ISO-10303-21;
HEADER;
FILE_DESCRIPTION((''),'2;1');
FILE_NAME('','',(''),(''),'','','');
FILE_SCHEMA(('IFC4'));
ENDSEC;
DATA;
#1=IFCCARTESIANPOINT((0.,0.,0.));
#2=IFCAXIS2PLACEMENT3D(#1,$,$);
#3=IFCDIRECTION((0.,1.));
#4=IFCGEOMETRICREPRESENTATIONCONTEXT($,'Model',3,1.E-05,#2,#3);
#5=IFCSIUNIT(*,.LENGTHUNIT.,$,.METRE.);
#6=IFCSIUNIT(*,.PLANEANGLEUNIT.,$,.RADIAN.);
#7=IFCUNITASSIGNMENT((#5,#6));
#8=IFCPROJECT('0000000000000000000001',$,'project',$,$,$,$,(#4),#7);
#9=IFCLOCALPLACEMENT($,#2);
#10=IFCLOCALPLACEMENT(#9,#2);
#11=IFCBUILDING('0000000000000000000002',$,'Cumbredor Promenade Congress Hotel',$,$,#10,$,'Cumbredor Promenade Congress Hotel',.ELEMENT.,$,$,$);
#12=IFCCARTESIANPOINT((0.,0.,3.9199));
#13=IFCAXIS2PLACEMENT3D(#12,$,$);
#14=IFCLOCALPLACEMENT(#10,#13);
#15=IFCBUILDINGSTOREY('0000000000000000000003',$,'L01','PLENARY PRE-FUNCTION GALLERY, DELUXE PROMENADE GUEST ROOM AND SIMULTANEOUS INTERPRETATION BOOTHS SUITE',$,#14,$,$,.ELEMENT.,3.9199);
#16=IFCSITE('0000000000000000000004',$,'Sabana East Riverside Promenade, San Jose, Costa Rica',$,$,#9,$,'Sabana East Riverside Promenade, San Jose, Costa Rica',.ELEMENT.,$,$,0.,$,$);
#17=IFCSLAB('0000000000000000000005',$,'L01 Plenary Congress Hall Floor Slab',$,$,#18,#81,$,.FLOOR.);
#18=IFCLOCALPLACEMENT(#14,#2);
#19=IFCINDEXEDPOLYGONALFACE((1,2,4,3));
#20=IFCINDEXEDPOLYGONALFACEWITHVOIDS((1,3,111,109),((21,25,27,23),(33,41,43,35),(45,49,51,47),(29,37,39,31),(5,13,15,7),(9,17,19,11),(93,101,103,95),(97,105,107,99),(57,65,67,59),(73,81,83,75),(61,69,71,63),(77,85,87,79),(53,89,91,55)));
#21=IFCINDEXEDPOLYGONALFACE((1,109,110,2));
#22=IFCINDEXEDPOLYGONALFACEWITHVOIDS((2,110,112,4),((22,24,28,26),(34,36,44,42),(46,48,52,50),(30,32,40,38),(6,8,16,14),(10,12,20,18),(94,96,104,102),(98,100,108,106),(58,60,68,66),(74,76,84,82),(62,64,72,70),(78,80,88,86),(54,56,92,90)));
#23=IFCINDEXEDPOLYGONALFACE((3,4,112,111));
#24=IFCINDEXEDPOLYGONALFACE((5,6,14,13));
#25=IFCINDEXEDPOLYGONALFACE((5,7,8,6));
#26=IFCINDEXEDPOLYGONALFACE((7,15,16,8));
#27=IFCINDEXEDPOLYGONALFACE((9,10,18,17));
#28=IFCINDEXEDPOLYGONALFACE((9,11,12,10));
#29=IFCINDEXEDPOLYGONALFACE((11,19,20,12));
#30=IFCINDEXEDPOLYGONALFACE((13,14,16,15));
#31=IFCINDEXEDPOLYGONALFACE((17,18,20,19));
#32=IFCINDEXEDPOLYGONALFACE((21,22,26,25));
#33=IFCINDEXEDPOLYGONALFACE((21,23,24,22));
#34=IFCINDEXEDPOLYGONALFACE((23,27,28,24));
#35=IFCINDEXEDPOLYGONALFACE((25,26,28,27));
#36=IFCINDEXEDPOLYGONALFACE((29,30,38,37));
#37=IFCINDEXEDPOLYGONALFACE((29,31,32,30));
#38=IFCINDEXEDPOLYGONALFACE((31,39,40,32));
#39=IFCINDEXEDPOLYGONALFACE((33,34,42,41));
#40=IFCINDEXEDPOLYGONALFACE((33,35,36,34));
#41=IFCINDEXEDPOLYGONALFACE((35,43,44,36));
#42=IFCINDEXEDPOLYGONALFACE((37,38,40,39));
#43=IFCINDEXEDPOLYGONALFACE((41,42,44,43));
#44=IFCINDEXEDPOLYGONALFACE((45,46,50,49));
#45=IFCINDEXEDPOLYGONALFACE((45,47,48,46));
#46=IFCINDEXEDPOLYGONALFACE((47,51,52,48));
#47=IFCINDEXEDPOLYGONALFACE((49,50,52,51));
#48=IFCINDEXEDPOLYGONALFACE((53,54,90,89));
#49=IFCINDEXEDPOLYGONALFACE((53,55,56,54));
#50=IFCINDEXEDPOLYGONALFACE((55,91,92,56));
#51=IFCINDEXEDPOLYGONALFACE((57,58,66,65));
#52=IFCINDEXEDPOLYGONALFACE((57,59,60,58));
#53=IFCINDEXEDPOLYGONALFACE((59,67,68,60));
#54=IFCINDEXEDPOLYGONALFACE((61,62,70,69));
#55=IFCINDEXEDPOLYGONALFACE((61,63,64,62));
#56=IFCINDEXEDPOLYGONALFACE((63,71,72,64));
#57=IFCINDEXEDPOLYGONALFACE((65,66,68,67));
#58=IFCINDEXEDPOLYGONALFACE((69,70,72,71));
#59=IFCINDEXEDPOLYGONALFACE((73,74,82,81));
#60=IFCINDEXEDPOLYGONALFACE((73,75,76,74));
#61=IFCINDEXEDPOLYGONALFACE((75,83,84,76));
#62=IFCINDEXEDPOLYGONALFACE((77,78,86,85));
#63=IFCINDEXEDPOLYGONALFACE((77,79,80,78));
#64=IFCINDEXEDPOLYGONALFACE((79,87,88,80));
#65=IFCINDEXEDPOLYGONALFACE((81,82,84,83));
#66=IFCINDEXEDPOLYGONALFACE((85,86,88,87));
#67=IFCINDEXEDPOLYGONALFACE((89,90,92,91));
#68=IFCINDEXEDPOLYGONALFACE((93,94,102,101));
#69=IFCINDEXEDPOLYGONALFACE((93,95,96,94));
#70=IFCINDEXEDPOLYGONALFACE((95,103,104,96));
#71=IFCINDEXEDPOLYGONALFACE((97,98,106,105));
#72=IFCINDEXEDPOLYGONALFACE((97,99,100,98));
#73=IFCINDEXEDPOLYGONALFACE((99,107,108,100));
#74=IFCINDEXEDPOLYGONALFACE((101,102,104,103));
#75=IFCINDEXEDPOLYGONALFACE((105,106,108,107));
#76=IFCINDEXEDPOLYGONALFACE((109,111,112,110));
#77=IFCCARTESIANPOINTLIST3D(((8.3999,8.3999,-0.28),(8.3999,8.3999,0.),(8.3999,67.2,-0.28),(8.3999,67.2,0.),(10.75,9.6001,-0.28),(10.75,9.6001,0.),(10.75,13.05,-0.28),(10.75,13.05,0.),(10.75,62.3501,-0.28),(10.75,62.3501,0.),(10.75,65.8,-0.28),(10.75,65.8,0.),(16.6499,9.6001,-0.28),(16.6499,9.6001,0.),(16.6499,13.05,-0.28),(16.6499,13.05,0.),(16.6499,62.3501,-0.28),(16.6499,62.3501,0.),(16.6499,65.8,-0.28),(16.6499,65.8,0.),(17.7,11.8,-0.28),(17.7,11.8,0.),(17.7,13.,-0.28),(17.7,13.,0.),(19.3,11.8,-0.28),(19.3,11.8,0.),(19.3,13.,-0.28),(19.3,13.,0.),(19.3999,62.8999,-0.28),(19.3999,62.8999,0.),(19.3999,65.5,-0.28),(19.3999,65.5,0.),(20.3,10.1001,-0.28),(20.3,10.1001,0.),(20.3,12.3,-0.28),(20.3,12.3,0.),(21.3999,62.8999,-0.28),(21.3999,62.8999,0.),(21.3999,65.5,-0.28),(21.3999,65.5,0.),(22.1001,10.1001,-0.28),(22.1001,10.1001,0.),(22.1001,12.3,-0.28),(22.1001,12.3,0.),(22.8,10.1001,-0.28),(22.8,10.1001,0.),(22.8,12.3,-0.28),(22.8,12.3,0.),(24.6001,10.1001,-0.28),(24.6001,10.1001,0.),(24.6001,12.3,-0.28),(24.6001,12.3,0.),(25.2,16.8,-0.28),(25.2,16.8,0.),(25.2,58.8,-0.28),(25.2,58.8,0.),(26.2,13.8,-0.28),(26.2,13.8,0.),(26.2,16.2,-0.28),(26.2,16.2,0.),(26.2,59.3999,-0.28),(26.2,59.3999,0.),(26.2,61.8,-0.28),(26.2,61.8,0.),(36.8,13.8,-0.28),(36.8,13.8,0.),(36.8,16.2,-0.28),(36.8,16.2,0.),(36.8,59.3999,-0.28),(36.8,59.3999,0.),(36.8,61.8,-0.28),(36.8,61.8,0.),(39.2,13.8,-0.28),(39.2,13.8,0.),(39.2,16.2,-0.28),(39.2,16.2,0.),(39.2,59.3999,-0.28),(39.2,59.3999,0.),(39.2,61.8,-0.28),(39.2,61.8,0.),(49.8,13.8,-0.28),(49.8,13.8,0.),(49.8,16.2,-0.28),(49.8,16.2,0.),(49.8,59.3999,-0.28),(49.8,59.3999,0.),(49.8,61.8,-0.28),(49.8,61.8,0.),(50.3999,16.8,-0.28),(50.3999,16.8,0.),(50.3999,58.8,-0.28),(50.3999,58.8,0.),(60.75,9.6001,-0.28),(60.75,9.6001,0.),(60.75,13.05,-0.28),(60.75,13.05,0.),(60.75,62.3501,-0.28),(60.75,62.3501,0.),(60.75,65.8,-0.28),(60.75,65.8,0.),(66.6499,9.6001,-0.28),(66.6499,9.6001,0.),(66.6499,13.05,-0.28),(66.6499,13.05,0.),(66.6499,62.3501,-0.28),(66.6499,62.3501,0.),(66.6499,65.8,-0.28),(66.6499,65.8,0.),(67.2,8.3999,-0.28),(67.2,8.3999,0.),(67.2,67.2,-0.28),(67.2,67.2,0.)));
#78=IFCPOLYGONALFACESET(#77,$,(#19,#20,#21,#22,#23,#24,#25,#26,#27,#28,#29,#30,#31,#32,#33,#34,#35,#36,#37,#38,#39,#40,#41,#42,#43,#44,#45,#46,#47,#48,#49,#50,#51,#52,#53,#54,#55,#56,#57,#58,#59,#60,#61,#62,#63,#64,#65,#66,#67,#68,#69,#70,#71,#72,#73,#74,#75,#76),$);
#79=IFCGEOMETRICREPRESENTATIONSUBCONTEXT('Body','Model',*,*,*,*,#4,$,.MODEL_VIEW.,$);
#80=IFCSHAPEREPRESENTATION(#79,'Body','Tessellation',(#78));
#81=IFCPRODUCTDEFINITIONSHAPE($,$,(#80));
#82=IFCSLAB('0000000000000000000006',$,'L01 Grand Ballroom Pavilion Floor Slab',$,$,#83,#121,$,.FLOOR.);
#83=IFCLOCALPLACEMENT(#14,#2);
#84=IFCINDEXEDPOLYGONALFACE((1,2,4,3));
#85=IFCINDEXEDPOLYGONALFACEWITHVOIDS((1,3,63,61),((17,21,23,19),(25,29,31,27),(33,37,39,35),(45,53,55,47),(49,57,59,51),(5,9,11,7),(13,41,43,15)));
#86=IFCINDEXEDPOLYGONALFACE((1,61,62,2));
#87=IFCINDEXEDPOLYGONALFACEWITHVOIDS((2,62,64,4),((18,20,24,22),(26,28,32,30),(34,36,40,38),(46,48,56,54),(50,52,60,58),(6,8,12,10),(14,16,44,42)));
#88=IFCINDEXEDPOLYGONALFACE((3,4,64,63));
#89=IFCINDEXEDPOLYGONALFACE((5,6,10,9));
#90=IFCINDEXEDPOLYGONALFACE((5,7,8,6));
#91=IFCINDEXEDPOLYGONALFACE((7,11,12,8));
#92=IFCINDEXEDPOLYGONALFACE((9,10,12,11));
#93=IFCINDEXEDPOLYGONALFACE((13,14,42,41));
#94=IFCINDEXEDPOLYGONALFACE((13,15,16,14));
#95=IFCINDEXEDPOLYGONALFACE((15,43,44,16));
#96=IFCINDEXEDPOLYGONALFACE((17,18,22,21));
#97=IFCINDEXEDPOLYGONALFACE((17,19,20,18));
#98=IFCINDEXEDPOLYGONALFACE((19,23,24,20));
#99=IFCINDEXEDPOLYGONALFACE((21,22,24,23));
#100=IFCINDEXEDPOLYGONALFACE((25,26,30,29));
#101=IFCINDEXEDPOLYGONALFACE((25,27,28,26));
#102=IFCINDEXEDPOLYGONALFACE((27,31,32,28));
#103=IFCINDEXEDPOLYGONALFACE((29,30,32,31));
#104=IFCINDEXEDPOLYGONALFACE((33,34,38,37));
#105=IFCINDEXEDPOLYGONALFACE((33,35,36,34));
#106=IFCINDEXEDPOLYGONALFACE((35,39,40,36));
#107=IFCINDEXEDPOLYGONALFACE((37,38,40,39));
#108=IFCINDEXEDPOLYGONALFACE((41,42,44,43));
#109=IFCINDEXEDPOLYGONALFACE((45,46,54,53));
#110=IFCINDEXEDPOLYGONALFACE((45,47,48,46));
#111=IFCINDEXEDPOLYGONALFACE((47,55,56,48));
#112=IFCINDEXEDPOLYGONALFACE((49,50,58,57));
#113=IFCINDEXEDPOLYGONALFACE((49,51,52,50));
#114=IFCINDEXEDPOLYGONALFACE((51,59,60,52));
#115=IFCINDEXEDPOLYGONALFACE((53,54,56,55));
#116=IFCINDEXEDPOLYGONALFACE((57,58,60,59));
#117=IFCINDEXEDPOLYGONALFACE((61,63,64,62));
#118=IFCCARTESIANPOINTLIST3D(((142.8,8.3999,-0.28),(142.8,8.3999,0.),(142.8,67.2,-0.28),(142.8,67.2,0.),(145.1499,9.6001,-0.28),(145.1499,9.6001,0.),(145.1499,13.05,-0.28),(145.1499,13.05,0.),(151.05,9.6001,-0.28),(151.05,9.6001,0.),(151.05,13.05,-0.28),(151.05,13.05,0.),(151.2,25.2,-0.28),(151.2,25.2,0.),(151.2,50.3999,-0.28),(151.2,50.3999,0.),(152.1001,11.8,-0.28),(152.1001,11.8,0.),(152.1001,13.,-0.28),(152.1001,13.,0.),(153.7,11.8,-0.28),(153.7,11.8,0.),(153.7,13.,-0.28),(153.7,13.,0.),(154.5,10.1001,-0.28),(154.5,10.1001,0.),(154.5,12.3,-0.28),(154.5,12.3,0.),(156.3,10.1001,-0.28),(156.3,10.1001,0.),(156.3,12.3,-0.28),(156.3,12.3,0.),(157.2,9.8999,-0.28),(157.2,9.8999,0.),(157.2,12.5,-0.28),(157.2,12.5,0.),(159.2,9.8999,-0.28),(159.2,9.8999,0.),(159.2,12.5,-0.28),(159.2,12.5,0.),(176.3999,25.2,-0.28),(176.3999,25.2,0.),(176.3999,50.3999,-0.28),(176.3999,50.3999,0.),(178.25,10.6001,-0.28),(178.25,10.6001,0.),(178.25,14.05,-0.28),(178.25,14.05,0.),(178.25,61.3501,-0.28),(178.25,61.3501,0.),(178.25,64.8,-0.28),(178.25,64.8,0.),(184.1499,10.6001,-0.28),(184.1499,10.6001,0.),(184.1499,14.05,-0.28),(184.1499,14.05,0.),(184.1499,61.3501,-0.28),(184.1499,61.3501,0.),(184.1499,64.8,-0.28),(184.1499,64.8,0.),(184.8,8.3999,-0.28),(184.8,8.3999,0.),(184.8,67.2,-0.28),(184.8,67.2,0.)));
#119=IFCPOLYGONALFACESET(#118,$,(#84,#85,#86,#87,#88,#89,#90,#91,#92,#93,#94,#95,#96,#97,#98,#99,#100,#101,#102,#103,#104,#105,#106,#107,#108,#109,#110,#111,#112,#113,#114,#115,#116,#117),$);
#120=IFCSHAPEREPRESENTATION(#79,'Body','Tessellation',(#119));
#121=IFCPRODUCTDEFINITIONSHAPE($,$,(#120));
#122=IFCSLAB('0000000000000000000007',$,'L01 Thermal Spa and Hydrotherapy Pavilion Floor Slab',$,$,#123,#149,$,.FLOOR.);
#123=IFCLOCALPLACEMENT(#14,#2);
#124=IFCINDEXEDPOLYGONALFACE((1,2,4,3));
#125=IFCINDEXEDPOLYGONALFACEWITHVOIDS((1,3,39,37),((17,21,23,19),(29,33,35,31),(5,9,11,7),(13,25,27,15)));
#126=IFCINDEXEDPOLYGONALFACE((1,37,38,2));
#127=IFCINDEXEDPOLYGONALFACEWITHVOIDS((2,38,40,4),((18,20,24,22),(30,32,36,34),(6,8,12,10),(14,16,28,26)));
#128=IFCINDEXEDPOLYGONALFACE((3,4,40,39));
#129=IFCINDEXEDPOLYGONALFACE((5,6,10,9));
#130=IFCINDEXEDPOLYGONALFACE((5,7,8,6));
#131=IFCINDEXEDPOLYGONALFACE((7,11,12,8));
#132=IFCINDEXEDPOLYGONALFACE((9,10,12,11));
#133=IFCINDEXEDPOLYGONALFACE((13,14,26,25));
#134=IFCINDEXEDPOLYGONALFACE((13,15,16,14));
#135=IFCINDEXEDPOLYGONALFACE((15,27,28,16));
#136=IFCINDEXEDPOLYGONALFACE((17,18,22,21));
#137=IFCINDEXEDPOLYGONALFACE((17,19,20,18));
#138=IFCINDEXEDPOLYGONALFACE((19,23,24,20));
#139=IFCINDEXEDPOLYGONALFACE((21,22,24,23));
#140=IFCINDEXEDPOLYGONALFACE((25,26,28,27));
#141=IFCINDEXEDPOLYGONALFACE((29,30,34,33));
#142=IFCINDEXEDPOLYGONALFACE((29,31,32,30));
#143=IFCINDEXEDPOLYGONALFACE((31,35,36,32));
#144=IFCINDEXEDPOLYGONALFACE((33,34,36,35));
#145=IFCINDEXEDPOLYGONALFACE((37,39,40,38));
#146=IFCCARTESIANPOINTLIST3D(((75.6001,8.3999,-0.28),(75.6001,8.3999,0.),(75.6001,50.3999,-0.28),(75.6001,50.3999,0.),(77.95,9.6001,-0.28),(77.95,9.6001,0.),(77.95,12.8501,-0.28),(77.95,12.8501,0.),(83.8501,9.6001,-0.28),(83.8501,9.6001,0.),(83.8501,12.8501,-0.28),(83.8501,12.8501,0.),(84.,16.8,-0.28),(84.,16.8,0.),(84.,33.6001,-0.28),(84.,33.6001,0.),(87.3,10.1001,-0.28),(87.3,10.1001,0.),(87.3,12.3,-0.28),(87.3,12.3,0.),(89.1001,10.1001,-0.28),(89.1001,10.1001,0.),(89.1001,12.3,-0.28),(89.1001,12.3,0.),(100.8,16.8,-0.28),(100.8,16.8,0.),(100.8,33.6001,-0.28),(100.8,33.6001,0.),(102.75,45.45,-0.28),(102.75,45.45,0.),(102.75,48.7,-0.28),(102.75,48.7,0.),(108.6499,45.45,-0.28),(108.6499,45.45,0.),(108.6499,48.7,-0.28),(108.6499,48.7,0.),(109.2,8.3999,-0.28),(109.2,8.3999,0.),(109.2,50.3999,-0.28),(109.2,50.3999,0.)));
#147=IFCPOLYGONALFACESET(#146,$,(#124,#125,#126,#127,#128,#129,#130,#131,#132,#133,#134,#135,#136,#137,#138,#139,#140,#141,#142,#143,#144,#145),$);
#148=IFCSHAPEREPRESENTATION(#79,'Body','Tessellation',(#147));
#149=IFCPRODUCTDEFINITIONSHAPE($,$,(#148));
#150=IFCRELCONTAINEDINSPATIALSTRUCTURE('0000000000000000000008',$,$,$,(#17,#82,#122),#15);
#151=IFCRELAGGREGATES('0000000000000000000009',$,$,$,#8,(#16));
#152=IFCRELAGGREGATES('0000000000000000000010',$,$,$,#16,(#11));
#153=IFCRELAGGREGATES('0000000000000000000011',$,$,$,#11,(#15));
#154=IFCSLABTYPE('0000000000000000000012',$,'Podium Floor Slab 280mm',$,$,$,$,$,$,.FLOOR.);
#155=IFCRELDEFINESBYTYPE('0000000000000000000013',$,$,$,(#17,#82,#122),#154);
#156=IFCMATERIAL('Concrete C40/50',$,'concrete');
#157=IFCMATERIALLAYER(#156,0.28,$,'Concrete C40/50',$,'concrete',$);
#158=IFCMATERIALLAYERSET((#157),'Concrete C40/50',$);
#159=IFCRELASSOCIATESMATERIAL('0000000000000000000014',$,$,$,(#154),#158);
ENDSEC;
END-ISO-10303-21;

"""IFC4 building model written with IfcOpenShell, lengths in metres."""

from ifc_helpers import new_model, si_unit, direction, frame, origin, place, context, subcontext, project, spatial, polyline, outline, extrude, material, layer, layer_set, type_object, element, save


model = new_model("IFC4")

# Units and contexts
model_context = context("Model", 3, precision=1e-05, world=origin(), true_north=direction((0.0, 1.0)))
body_context = subcontext(model_context, "Body", "Model", "MODEL_VIEW")
ifc_project = project(units=[si_unit("LENGTHUNIT", "METRE"), si_unit("PLANEANGLEUNIT", "RADIAN")], contexts=[model_context])

# Site, building, storey
site_placement = place(None, origin())
site = spatial("IfcSite", under=ifc_project, at=site_placement, Name="Sabana East Riverside Promenade, San Jose, Costa Rica", LongName="Sabana East Riverside Promenade, San Jose, Costa Rica", CompositionType="ELEMENT", RefElevation=0.0)
building_placement = place(site_placement, origin())
building = spatial("IfcBuilding", under=site, at=building_placement, Name="Cumbredor Promenade Congress Hotel", LongName="Cumbredor Promenade Congress Hotel", CompositionType="ELEMENT")
storey_placement = place(building_placement, frame((0.0, 0.0, 3.9199)))
storey = spatial("IfcBuildingStorey", under=building, at=storey_placement, Name="L01", Description="PLENARY PRE-FUNCTION GALLERY, DELUXE PROMENADE GUEST ROOM AND SIMULTANEOUS INTERPRETATION BOOTHS SUITE", CompositionType="ELEMENT", Elevation=3.9199)

# Slabs
ifc_material_1 = material(Name="Concrete C40/50", Category="concrete")
ifc_layer_1 = layer(ifc_material_1, 0.28, Name="Concrete C40/50", Category="concrete")
ifc_layer_set_1 = layer_set([ifc_layer_1], Name="Concrete C40/50")
slab_type_1 = type_object("IfcSlabType", Name="Podium Floor Slab 280mm", PredefinedType="FLOOR", material=ifc_layer_set_1)
slab_1_placement = place(storey_placement, frame((0.0, 0.0, -0.28)))
element("IfcSlab", 1, at=slab_1_placement, inside=storey, type_object=slab_type_1, Name="L01 Plenary Congress Hall Floor Slab", PredefinedType="FLOOR", context=body_context, shape_type="SweptSolid", body=[
    extrude(outline(polyline([(8.3999, 8.3999), (67.2, 8.3999), (67.2, 67.2), (8.3999, 67.2), (8.3999, 8.3999)]), holes=[polyline([(10.75, 9.6001), (16.6499, 9.6001), (16.6499, 13.05), (10.75, 13.05), (10.75, 9.6001)]), polyline([(60.75, 9.6001), (66.6499, 9.6001), (66.6499, 13.05), (60.75, 13.05), (60.75, 9.6001)]), polyline([(10.75, 62.3501), (16.6499, 62.3501), (16.6499, 65.8), (10.75, 65.8), (10.75, 62.3501)]), polyline([(60.75, 62.3501), (66.6499, 62.3501), (66.6499, 65.8), (60.75, 65.8), (60.75, 62.3501)]), polyline([(20.3, 10.1001), (22.1001, 10.1001), (22.1001, 12.3), (20.3, 12.3), (20.3, 10.1001)]), polyline([(22.8, 10.1001), (24.6001, 10.1001), (24.6001, 12.3), (22.8, 12.3), (22.8, 10.1001)]), polyline([(19.3999, 62.8999), (21.3999, 62.8999), (21.3999, 65.5), (19.3999, 65.5), (19.3999, 62.8999)]), polyline([(17.7, 11.8), (19.3, 11.8), (19.3, 13.0), (17.7, 13.0), (17.7, 11.8)]), polyline([(25.2, 16.8), (50.3999, 16.8), (50.3999, 58.8), (25.2, 58.8), (25.2, 16.8)]), polyline([(26.2, 13.8), (36.8, 13.8), (36.8, 16.2), (26.2, 16.2), (26.2, 13.8)]), polyline([(26.2, 59.3999), (36.8, 59.3999), (36.8, 61.8), (26.2, 61.8), (26.2, 59.3999)]), polyline([(39.2, 13.8), (49.8, 13.8), (49.8, 16.2), (39.2, 16.2), (39.2, 13.8)]), polyline([(39.2, 59.3999), (49.8, 59.3999), (49.8, 61.8), (39.2, 61.8), (39.2, 59.3999)])]), origin(), (0.0, 0.0, 1.0), 0.28),
])
slab_2_placement = place(storey_placement, frame((0.0, 0.0, -0.28)))
element("IfcSlab", 2, at=slab_2_placement, inside=storey, type_object=slab_type_1, Name="L01 Grand Ballroom Pavilion Floor Slab", PredefinedType="FLOOR", context=body_context, shape_type="SweptSolid", body=[
    extrude(outline(polyline([(142.8, 8.3999), (184.8, 8.3999), (184.8, 67.2), (142.8, 67.2), (142.8, 8.3999)]), holes=[polyline([(145.1499, 9.6001), (151.05, 9.6001), (151.05, 13.05), (145.1499, 13.05), (145.1499, 9.6001)]), polyline([(178.25, 10.6001), (184.1499, 10.6001), (184.1499, 14.05), (178.25, 14.05), (178.25, 10.6001)]), polyline([(178.25, 61.3501), (184.1499, 61.3501), (184.1499, 64.8), (178.25, 64.8), (178.25, 61.3501)]), polyline([(154.5, 10.1001), (156.3, 10.1001), (156.3, 12.3), (154.5, 12.3), (154.5, 10.1001)]), polyline([(157.2, 9.8999), (159.2, 9.8999), (159.2, 12.5), (157.2, 12.5), (157.2, 9.8999)]), polyline([(152.1001, 11.8), (153.7, 11.8), (153.7, 13.0), (152.1001, 13.0), (152.1001, 11.8)]), polyline([(151.2, 25.2), (176.3999, 25.2), (176.3999, 50.3999), (151.2, 50.3999), (151.2, 25.2)])]), origin(), (0.0, 0.0, 1.0), 0.28),
])
slab_3_placement = place(storey_placement, frame((0.0, 0.0, -0.28)))
element("IfcSlab", 3, at=slab_3_placement, inside=storey, type_object=slab_type_1, Name="L01 Thermal Spa and Hydrotherapy Pavilion Floor Slab", PredefinedType="FLOOR", context=body_context, shape_type="SweptSolid", body=[
    extrude(outline(polyline([(75.6001, 8.3999), (109.2, 8.3999), (109.2, 50.3999), (75.6001, 50.3999), (75.6001, 8.3999)]), holes=[polyline([(77.95, 9.6001), (83.8501, 9.6001), (83.8501, 12.8501), (77.95, 12.8501), (77.95, 9.6001)]), polyline([(102.75, 45.45), (108.6499, 45.45), (108.6499, 48.7), (102.75, 48.7), (102.75, 45.45)]), polyline([(87.3, 10.1001), (89.1001, 10.1001), (89.1001, 12.3), (87.3, 12.3), (87.3, 10.1001)]), polyline([(84.0, 16.8), (100.8, 16.8), (100.8, 33.6001), (84.0, 33.6001), (84.0, 16.8)])]), origin(), (0.0, 0.0, 1.0), 0.28),
])

save(model, "model.ifc")
